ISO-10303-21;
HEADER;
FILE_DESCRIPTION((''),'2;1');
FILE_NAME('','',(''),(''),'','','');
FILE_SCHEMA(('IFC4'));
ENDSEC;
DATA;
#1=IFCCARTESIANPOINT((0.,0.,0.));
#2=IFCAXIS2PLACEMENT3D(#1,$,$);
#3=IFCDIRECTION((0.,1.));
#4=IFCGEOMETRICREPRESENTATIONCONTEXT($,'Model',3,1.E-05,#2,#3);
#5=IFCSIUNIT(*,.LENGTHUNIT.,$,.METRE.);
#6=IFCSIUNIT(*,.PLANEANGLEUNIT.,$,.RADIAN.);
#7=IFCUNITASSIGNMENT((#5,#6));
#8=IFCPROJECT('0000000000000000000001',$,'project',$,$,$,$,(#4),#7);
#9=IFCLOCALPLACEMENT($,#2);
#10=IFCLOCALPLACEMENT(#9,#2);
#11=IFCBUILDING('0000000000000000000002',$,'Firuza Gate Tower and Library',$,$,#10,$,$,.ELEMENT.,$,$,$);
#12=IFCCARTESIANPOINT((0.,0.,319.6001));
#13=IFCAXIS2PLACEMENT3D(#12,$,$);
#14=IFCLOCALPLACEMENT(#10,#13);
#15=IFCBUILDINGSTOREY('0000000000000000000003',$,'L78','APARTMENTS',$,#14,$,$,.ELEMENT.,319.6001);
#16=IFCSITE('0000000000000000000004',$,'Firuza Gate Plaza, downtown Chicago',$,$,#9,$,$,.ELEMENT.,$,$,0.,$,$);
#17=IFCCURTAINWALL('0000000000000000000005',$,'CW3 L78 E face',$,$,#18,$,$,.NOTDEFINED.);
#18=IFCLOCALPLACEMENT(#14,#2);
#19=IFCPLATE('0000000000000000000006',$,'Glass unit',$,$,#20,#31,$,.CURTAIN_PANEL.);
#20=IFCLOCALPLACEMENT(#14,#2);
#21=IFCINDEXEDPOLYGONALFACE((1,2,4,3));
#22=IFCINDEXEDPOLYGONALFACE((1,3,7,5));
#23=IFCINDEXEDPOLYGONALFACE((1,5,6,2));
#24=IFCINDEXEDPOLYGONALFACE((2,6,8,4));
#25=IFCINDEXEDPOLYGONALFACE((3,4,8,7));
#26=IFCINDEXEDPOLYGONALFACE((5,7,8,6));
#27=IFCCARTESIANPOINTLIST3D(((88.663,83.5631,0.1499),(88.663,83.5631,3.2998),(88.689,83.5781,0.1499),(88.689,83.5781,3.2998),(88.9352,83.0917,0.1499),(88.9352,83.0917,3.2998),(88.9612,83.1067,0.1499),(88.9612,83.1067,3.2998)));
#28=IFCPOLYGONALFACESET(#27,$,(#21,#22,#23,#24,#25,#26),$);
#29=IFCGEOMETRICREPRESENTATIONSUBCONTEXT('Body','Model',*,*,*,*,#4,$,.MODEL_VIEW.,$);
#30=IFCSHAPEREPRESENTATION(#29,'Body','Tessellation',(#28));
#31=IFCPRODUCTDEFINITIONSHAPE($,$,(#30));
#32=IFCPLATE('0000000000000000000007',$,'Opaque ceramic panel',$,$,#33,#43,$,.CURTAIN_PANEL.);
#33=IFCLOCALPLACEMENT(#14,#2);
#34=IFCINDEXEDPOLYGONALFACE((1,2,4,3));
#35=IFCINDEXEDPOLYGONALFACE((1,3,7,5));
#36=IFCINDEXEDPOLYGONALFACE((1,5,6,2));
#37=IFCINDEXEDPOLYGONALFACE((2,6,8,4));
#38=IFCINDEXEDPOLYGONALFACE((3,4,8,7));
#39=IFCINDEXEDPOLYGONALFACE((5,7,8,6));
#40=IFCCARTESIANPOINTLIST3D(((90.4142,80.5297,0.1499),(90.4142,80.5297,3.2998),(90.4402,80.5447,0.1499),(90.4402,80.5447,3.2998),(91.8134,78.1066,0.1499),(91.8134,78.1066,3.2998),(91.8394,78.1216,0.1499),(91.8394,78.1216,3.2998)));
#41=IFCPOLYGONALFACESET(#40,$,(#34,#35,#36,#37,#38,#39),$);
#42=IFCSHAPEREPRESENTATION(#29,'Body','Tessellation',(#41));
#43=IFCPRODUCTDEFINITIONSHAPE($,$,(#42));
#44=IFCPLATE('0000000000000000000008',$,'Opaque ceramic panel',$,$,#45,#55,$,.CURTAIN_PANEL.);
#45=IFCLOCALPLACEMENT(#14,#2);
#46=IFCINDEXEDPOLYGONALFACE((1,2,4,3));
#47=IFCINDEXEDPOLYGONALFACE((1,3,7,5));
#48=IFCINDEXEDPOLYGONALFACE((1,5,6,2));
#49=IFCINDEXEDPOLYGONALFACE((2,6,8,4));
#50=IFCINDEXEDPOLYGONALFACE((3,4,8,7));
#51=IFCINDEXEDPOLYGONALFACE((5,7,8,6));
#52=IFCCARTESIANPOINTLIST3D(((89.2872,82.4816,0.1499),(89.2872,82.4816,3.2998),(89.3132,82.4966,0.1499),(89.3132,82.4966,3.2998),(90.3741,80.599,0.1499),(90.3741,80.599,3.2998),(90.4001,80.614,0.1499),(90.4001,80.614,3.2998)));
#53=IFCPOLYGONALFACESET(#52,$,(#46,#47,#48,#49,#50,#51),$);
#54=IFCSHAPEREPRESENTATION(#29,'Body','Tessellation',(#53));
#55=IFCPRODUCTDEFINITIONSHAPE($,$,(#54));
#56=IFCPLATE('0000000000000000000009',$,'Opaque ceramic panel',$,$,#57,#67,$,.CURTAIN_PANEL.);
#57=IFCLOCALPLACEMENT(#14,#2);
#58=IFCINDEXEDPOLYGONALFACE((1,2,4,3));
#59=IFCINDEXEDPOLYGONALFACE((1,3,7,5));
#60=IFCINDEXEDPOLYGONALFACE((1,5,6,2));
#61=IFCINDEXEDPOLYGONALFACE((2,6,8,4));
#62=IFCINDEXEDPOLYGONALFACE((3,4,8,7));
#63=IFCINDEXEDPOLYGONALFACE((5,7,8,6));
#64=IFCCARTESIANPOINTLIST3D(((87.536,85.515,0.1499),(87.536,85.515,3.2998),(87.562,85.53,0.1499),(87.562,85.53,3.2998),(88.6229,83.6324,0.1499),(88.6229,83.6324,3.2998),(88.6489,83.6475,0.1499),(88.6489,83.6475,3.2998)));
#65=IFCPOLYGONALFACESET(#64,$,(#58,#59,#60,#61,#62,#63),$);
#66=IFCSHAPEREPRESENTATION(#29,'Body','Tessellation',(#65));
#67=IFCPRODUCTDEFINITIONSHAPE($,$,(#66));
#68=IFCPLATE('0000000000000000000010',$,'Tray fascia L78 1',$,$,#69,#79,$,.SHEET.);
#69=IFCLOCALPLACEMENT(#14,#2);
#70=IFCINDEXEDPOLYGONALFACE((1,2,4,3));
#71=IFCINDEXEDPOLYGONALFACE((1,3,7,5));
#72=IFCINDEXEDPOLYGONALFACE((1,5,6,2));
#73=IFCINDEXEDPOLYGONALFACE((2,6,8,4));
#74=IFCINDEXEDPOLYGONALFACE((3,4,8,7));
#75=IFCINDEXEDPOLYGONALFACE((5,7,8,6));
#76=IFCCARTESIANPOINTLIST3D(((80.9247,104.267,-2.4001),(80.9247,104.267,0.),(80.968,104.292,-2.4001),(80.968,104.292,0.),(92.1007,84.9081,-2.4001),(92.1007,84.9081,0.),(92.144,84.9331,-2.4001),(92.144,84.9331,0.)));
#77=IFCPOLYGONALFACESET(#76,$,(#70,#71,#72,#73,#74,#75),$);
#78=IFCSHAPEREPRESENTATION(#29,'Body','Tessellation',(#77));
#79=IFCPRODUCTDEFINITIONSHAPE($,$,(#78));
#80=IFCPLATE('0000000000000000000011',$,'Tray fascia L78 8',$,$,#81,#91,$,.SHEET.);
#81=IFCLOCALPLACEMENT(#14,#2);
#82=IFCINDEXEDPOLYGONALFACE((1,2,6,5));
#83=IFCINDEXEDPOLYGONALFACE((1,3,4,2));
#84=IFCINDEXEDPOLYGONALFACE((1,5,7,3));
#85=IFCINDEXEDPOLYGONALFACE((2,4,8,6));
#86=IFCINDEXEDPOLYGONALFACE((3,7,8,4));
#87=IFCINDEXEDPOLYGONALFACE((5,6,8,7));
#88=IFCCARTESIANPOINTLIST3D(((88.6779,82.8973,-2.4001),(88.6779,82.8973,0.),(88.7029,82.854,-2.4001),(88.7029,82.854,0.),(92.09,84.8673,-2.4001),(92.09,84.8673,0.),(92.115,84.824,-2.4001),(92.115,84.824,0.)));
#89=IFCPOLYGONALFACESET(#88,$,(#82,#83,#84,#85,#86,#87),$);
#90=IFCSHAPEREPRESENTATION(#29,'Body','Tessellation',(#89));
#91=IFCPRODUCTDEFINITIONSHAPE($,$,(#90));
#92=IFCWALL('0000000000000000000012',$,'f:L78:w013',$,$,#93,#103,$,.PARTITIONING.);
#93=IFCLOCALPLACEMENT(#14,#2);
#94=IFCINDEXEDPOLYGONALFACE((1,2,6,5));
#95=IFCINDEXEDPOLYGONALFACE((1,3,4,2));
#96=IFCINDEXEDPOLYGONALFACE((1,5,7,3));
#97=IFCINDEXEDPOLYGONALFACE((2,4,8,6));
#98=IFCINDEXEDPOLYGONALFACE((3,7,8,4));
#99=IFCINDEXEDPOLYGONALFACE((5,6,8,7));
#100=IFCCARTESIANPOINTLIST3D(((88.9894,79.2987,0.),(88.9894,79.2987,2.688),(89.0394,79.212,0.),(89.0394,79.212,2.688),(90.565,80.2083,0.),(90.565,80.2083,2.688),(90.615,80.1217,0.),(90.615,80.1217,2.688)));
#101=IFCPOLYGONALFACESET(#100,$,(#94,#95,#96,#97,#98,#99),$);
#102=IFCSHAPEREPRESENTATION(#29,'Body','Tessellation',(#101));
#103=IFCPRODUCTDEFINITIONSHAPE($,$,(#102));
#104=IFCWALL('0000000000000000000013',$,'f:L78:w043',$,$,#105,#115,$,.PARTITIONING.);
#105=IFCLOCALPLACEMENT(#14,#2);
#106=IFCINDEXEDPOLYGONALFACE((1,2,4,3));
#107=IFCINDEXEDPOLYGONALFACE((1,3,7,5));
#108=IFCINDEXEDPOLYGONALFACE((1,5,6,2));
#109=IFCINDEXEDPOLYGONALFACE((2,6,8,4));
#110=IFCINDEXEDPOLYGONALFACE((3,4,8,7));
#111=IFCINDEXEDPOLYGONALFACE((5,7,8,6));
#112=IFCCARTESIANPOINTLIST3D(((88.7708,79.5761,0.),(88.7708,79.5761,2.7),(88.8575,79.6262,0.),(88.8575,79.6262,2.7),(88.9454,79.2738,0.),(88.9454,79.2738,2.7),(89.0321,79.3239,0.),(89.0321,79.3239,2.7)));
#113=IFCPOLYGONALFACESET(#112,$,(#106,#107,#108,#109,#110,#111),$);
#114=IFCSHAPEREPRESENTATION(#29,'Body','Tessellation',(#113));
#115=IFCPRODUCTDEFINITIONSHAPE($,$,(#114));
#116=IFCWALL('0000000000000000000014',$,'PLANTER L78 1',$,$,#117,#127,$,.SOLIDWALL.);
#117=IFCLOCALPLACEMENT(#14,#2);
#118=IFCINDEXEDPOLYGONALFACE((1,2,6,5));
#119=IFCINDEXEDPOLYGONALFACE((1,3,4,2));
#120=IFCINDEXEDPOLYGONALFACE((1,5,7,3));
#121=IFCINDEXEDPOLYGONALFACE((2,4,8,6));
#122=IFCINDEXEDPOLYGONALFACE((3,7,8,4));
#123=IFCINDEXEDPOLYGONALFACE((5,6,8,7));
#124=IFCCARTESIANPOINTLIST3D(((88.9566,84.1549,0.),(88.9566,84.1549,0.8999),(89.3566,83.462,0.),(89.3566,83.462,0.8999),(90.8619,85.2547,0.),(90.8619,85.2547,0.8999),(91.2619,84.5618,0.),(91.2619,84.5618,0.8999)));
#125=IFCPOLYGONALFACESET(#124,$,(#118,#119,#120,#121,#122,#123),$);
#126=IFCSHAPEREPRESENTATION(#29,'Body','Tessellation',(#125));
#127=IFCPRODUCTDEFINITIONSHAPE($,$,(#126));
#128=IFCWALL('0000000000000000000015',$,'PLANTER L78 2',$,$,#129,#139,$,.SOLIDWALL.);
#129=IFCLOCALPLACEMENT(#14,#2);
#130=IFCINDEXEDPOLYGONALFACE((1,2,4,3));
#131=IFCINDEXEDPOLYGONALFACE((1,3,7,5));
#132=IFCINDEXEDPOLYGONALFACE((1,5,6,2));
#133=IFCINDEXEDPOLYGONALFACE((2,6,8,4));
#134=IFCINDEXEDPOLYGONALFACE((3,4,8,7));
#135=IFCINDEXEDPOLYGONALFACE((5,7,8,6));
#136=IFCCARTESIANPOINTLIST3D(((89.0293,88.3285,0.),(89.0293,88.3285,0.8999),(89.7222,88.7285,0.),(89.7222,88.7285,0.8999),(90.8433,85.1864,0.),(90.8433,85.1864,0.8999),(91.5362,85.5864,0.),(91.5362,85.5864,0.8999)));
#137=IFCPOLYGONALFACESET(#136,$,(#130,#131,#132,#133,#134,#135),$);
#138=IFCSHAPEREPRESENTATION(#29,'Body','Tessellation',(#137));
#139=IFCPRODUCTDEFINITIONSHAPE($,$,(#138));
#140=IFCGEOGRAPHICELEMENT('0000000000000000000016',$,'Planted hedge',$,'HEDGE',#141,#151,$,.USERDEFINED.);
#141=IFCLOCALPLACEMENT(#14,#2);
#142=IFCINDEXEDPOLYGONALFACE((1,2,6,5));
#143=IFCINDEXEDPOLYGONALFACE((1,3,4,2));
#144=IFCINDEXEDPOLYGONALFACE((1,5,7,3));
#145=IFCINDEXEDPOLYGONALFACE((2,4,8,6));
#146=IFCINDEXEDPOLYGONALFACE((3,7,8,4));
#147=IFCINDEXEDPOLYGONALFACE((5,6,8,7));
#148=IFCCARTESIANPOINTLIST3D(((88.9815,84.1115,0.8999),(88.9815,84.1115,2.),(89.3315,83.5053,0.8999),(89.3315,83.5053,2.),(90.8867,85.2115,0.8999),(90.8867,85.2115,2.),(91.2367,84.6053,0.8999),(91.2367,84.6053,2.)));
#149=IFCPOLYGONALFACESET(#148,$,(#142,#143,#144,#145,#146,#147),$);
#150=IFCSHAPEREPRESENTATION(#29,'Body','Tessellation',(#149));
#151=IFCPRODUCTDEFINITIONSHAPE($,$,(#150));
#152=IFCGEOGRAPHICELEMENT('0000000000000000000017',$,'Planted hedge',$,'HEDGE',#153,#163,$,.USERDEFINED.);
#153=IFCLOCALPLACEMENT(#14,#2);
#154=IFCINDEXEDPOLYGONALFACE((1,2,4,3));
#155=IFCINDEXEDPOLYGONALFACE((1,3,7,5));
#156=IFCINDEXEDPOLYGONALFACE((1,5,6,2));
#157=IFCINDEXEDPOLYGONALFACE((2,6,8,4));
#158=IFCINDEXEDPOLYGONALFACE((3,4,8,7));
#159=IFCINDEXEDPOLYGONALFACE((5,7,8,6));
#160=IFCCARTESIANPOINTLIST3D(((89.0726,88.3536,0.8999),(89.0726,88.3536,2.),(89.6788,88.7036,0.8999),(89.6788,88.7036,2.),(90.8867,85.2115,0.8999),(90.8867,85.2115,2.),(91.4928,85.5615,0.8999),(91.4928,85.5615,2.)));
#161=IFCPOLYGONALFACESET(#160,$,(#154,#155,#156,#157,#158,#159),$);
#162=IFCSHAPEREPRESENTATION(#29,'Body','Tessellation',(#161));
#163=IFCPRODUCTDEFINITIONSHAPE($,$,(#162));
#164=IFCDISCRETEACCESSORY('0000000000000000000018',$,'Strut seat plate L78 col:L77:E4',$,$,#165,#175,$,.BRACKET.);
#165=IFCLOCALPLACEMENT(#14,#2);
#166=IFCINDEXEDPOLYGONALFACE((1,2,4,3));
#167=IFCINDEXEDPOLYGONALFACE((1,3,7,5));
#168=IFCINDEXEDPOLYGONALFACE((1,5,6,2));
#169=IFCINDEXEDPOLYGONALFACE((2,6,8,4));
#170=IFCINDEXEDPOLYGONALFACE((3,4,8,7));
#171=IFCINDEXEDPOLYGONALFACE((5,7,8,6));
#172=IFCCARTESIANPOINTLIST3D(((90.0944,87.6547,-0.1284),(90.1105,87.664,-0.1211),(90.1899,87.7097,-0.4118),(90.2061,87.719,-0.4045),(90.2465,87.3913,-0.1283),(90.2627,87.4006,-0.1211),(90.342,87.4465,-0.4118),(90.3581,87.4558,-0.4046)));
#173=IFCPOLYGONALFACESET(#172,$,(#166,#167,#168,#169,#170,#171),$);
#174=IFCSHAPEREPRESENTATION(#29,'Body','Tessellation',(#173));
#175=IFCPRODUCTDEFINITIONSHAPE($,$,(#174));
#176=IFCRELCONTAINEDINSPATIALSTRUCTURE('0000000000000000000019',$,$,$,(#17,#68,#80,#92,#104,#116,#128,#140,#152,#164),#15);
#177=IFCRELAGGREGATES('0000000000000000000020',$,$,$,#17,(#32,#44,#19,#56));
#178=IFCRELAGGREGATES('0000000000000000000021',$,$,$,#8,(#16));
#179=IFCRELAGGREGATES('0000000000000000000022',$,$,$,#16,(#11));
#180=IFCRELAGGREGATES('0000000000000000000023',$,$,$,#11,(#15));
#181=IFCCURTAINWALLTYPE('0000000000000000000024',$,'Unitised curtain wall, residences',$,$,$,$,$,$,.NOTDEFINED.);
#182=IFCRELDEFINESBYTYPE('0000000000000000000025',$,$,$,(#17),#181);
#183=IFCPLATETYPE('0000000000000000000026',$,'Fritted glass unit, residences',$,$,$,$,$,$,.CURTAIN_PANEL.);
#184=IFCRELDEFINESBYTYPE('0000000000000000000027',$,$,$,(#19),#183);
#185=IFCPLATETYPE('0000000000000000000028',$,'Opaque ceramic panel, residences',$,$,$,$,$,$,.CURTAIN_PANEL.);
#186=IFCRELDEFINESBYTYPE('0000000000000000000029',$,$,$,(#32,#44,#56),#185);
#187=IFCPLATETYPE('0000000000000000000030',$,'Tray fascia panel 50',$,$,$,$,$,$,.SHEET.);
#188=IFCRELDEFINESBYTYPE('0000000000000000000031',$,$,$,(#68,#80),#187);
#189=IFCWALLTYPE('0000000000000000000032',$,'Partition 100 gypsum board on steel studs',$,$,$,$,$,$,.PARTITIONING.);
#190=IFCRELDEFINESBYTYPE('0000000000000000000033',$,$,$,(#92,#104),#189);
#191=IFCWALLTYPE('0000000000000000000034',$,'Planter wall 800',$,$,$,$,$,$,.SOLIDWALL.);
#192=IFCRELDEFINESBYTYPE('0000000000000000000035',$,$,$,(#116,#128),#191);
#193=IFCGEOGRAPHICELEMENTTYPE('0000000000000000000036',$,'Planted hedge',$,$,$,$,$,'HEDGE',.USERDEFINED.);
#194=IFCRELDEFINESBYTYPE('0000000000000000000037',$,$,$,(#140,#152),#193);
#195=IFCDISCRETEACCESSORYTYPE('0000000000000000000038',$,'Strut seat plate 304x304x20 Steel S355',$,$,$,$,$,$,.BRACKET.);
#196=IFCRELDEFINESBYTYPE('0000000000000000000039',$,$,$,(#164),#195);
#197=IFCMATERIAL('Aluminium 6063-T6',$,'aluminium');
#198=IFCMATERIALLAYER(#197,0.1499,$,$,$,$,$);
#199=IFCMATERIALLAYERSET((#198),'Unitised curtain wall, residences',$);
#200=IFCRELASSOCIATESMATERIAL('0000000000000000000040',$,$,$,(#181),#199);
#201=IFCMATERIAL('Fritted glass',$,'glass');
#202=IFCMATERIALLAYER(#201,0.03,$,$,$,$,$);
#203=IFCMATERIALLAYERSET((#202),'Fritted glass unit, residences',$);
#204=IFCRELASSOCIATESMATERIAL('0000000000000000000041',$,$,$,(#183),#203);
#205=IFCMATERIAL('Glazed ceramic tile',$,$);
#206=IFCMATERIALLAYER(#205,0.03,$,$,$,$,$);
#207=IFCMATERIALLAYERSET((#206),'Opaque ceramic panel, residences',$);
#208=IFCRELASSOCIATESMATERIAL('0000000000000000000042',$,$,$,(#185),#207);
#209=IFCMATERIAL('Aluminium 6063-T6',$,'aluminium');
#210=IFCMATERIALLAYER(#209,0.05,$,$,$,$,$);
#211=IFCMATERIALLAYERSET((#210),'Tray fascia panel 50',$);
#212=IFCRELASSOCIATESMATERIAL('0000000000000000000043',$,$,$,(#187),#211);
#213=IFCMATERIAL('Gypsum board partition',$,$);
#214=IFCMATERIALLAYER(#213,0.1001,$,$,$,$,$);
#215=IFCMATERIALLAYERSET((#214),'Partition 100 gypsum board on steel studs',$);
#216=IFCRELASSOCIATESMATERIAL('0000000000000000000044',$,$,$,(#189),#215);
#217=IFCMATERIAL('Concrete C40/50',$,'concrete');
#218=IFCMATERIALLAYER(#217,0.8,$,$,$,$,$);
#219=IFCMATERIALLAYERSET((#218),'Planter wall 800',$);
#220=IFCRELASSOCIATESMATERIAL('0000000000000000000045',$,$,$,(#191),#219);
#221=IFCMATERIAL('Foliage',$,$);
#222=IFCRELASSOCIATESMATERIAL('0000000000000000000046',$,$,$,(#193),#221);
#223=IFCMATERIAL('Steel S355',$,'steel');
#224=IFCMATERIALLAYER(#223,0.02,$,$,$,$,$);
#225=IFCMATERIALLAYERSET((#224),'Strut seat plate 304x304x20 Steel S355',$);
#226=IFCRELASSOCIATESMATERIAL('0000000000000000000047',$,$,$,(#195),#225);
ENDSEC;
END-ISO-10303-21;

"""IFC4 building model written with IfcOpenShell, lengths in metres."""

from ifc_helpers import new_model, si_unit, direction, frame, frame_2d, origin, origin_2d, place, context, subcontext, project, spatial, polyline, rectangle, outline, extrude, material, layer, layer_set, type_object, element, aggregate, save


model = new_model("IFC4")

# Units and contexts
model_context = context("Model", 3, precision=1e-05, world=origin(), true_north=direction((0.0, 1.0)))
body_context = subcontext(model_context, "Body", "Model", "MODEL_VIEW")
ifc_project = project(units=[si_unit("LENGTHUNIT", "METRE"), si_unit("PLANEANGLEUNIT", "RADIAN")], contexts=[model_context])

# Site, building, storey
site_placement = place(None, origin())
site = spatial("IfcSite", under=ifc_project, at=site_placement, Name="Firuza Gate Plaza, downtown Chicago", CompositionType="ELEMENT", RefElevation=0.0)
building_placement = place(site_placement, origin())
building = spatial("IfcBuilding", under=site, at=building_placement, Name="Firuza Gate Tower and Library", CompositionType="ELEMENT")
storey_placement = place(building_placement, frame((0.0, 0.0, 319.6001)))
storey = spatial("IfcBuildingStorey", under=building, at=storey_placement, Name="L78", Description="APARTMENTS", CompositionType="ELEMENT", Elevation=319.6001)

# Curtain wall
ifc_material_1 = material(Name="Aluminium 6063-T6", Category="aluminium")
ifc_layer_1 = layer(ifc_material_1, 0.1499)
ifc_layer_set_1 = layer_set([ifc_layer_1], Name="Unitised curtain wall, residences")
curtain_wall_type = type_object("IfcCurtainWallType", Name="Unitised curtain wall, residences", PredefinedType="NOTDEFINED", material=ifc_layer_set_1)
curtain_wall_placement = place(storey_placement, origin())
curtain_wall = element("IfcCurtainWall", 1, at=curtain_wall_placement, inside=storey, type_object=curtain_wall_type, Name="CW3 L78 E face", PredefinedType="NOTDEFINED")

# Plates
ifc_material_2 = material(Name="Fritted glass", Category="glass")
ifc_layer_2 = layer(ifc_material_2, 0.03)
ifc_layer_set_2 = layer_set([ifc_layer_2], Name="Fritted glass unit, residences")
plate_type_1 = type_object("IfcPlateType", Name="Fritted glass unit, residences", PredefinedType="CURTAIN_PANEL", material=ifc_layer_set_2)
plate_1_placement = place(storey_placement, frame((88.9612, 83.1067, 0.1499), z_axis=(0.865999, 0.500046, 0.0), x_axis=(-0.500046, 0.865999, 0.0)))
plate_1 = element("IfcPlate", 2, at=plate_1_placement, type_object=plate_type_1, Name="Glass unit", PredefinedType="CURTAIN_PANEL", context=body_context, shape_type="SweptSolid", body=[
    extrude(outline(polyline([(0.0, 0.0), (0.5444, 0.0), (0.5444, 3.1499), (0.0, 3.1499), (0.0, 0.0)])), origin(), (0.0, 0.0, -1.0), 0.03),
])
ifc_material_3 = material(Name="Glazed ceramic tile")
ifc_layer_3 = layer(ifc_material_3, 0.03)
ifc_layer_set_3 = layer_set([ifc_layer_3], Name="Opaque ceramic panel, residences")
plate_type_2 = type_object("IfcPlateType", Name="Opaque ceramic panel, residences", PredefinedType="CURTAIN_PANEL", material=ifc_layer_set_3)
plate_2_placement = place(storey_placement, frame((91.8394, 78.1216, 0.1499), z_axis=(0.865995, 0.500052, 0.0), x_axis=(-0.500052, 0.865995, 0.0)))
plate_2 = element("IfcPlate", 3, at=plate_2_placement, type_object=plate_type_2, Name="Opaque ceramic panel", PredefinedType="CURTAIN_PANEL", context=body_context, shape_type="SweptSolid", body=[
    extrude(outline(polyline([(0.0, 0.0), (2.798, 0.0), (2.798, 3.1499), (0.0, 3.1499), (0.0, 0.0)])), origin(), (0.0, 0.0, -1.0), 0.03),
])
plate_3_placement = place(storey_placement, frame((90.4001, 80.614, 0.1499), z_axis=(0.866023, 0.500004, 0.0), x_axis=(-0.500004, 0.866023, 0.0)))
plate_3 = element("IfcPlate", 4, at=plate_3_placement, type_object=plate_type_2, Name="Opaque ceramic panel", PredefinedType="CURTAIN_PANEL", context=body_context, shape_type="SweptSolid", body=[
    extrude(outline(polyline([(0.0, 0.0), (2.1738, 0.0), (2.1738, 3.1499), (0.0, 3.1499), (0.0, 0.0)])), origin(), (0.0, 0.0, -1.0), 0.03),
])
plate_4_placement = place(storey_placement, frame((88.6489, 83.6475, 0.1499), z_axis=(0.866023, 0.500004, 0.0), x_axis=(-0.500004, 0.866023, 0.0)))
plate_4 = element("IfcPlate", 5, at=plate_4_placement, type_object=plate_type_2, Name="Opaque ceramic panel", PredefinedType="CURTAIN_PANEL", context=body_context, shape_type="SweptSolid", body=[
    extrude(outline(polyline([(0.0, 0.0), (2.1738, 0.0), (2.1738, 3.1499), (0.0, 3.1499), (0.0, 0.0)])), origin(), (0.0, 0.0, -1.0), 0.03),
])
aggregate(curtain_wall, [plate_2, plate_3, plate_1, plate_4])

# Plates
ifc_material_4 = material(Name="Aluminium 6063-T6", Category="aluminium")
ifc_layer_4 = layer(ifc_material_4, 0.05)
ifc_layer_set_4 = layer_set([ifc_layer_4], Name="Tray fascia panel 50")
plate_type_3 = type_object("IfcPlateType", Name="Tray fascia panel 50", PredefinedType="SHEET", material=ifc_layer_set_4)
plate_5_placement = place(storey_placement, frame((92.144, 84.9331, -2.4001), z_axis=(0.866042, 0.499972, 0.0), x_axis=(-0.499972, 0.866042, 0.0)))
element("IfcPlate", 6, at=plate_5_placement, inside=storey, type_object=plate_type_3, Name="Tray fascia L78 1", PredefinedType="SHEET", context=body_context, shape_type="SweptSolid", body=[
    extrude(outline(polyline([(0.0, 0.0), (22.3533, 0.0), (22.3533, 2.4001), (0.0, 2.4001), (0.0, 0.0)])), origin(), (0.0, 0.0, -1.0), 0.05),
])
plate_6_placement = place(storey_placement, frame((88.7029, 82.854, -2.4001), z_axis=(0.499998, -0.866027, 0.0), x_axis=(0.866027, 0.499998, 0.0)))
element("IfcPlate", 7, at=plate_6_placement, inside=storey, type_object=plate_type_3, Name="Tray fascia L78 8", PredefinedType="SHEET", context=body_context, shape_type="SweptSolid", body=[
    extrude(outline(polyline([(0.0, 0.0), (3.94, 0.0), (3.94, 2.4001), (0.0, 2.4001), (0.0, 0.0)])), origin(), (0.0, 0.0, -1.0), 0.05),
])

# Walls
ifc_material_5 = material(Name="Gypsum board partition")
ifc_layer_5 = layer(ifc_material_5, 0.1001)
ifc_layer_set_5 = layer_set([ifc_layer_5], Name="Partition 100 gypsum board on steel studs")
wall_type_1 = type_object("IfcWallType", Name="Partition 100 gypsum board on steel studs", PredefinedType="PARTITIONING", material=ifc_layer_set_5)
wall_1_placement = place(storey_placement, frame((89.0144, 79.2554, 0.0), z_axis=(0.0, 0.0, 1.0), x_axis=(0.866038, 0.499978, 0.0)))
element("IfcWall", 8, at=wall_1_placement, inside=storey, type_object=wall_type_1, Name="f:L78:w013", PredefinedType="PARTITIONING", context=body_context, shape_type="SweptSolid", body=[
    extrude(rectangle(XDim=1.8193, YDim=0.1001, at=frame_2d((0.9097, 0.0))), origin(), (0.0, 0.0, 1.0), 2.688),
])
wall_2_placement = place(storey_placement, frame((88.9888, 79.2988, 0.0), z_axis=(0.0, 0.0, 1.0), x_axis=(-0.500126, 0.865953, 0.0)))
element("IfcWall", 9, at=wall_2_placement, inside=storey, type_object=wall_type_1, Name="f:L78:w043", PredefinedType="PARTITIONING", context=body_context, shape_type="SweptSolid", body=[
    extrude(rectangle(XDim=0.3491, YDim=0.1001, at=frame_2d((0.1746, 0.0))), origin(), (0.0, 0.0, 1.0), 2.7),
])
ifc_material_6 = material(Name="Concrete C40/50", Category="concrete")
ifc_layer_6 = layer(ifc_material_6, 0.8)
ifc_layer_set_6 = layer_set([ifc_layer_6], Name="Planter wall 800")
wall_type_2 = type_object("IfcWallType", Name="Planter wall 800", PredefinedType="SOLIDWALL", material=ifc_layer_set_6)
wall_3_placement = place(storey_placement, frame((89.1565, 83.8083, 0.0), z_axis=(0.0, 0.0, 1.0), x_axis=(0.866056, 0.499947, 0.0)))
element("IfcWall", 10, at=wall_3_placement, inside=storey, type_object=wall_type_2, Name="PLANTER L78 1", PredefinedType="SOLIDWALL", context=body_context, shape_type="SweptSolid", body=[
    extrude(rectangle(XDim=2.2, YDim=0.8, at=frame_2d((1.1001, 0.0))), origin(), (0.0, 0.0, 1.0), 0.8999),
])
wall_4_placement = place(storey_placement, frame((91.1897, 85.3865, 0.0), z_axis=(0.0, 0.0, 1.0), x_axis=(-0.499975, 0.86604, 0.0)))
element("IfcWall", 11, at=wall_4_placement, inside=storey, type_object=wall_type_2, Name="PLANTER L78 2", PredefinedType="SOLIDWALL", context=body_context, shape_type="SweptSolid", body=[
    extrude(rectangle(XDim=3.6282, YDim=0.8, at=frame_2d((1.814, 0.0))), origin(), (0.0, 0.0, 1.0), 0.8999),
])

# Geographic elements
ifc_material_7 = material(Name="Foliage")
geographic_element_type = type_object("IfcGeographicElementType", Name="Planted hedge", ElementType="HEDGE", PredefinedType="USERDEFINED", material=ifc_material_7)
geographic_element_1_placement = place(storey_placement, frame((90.1091, 84.3584, 0.8999), z_axis=(0.0, 0.0, 1.0), x_axis=(0.866025, 0.5, 0.0)))
element("IfcGeographicElement", 12, at=geographic_element_1_placement, inside=storey, type_object=geographic_element_type, Name="Planted hedge", ObjectType="HEDGE", PredefinedType="USERDEFINED", context=body_context, shape_type="SweptSolid", body=[
    extrude(rectangle(XDim=2.2, YDim=0.7, at=origin_2d()), origin(), (0.0, 0.0, 1.0), 1.1001),
])
geographic_element_2_placement = place(storey_placement, frame((90.2827, 86.9575, 0.8999), z_axis=(0.0, 0.0, 1.0), x_axis=(-0.5, 0.866025, 0.0)))
element("IfcGeographicElement", 13, at=geographic_element_2_placement, inside=storey, type_object=geographic_element_type, Name="Planted hedge", ObjectType="HEDGE", PredefinedType="USERDEFINED", context=body_context, shape_type="SweptSolid", body=[
    extrude(rectangle(XDim=3.6282, YDim=0.7, at=origin_2d()), origin(), (0.0, 0.0, 1.0), 1.1001),
])

# Discrete accessory
ifc_material_8 = material(Name="Steel S355", Category="steel")
ifc_layer_7 = layer(ifc_material_8, 0.02)
ifc_layer_set_7 = layer_set([ifc_layer_7], Name="Strut seat plate 304x304x20 Steel S355")
discrete_accessory_type = type_object("IfcDiscreteAccessoryType", Name="Strut seat plate 304x304x20 Steel S355", PredefinedType="BRACKET", material=ifc_layer_set_7)
discrete_accessory_placement = place(storey_placement, frame((90.2627, 87.4006, -0.1211), z_axis=(0.807065, 0.466204, 0.362353), x_axis=(-0.500175, 0.865925, -0.000068)))
element("IfcDiscreteAccessory", 14, at=discrete_accessory_placement, inside=storey, type_object=discrete_accessory_type, Name="Strut seat plate L78 col:L77:E4", PredefinedType="BRACKET", context=body_context, shape_type="SweptSolid", body=[
    extrude(outline(polyline([(0.0, 0.0), (0.3042, 0.0), (0.304, -0.3041), (0.0001, -0.3041), (0.0, 0.0)])), origin(), (0.0, 0.0, -1.0), 0.02),
])

save(model, "model.ifc")
